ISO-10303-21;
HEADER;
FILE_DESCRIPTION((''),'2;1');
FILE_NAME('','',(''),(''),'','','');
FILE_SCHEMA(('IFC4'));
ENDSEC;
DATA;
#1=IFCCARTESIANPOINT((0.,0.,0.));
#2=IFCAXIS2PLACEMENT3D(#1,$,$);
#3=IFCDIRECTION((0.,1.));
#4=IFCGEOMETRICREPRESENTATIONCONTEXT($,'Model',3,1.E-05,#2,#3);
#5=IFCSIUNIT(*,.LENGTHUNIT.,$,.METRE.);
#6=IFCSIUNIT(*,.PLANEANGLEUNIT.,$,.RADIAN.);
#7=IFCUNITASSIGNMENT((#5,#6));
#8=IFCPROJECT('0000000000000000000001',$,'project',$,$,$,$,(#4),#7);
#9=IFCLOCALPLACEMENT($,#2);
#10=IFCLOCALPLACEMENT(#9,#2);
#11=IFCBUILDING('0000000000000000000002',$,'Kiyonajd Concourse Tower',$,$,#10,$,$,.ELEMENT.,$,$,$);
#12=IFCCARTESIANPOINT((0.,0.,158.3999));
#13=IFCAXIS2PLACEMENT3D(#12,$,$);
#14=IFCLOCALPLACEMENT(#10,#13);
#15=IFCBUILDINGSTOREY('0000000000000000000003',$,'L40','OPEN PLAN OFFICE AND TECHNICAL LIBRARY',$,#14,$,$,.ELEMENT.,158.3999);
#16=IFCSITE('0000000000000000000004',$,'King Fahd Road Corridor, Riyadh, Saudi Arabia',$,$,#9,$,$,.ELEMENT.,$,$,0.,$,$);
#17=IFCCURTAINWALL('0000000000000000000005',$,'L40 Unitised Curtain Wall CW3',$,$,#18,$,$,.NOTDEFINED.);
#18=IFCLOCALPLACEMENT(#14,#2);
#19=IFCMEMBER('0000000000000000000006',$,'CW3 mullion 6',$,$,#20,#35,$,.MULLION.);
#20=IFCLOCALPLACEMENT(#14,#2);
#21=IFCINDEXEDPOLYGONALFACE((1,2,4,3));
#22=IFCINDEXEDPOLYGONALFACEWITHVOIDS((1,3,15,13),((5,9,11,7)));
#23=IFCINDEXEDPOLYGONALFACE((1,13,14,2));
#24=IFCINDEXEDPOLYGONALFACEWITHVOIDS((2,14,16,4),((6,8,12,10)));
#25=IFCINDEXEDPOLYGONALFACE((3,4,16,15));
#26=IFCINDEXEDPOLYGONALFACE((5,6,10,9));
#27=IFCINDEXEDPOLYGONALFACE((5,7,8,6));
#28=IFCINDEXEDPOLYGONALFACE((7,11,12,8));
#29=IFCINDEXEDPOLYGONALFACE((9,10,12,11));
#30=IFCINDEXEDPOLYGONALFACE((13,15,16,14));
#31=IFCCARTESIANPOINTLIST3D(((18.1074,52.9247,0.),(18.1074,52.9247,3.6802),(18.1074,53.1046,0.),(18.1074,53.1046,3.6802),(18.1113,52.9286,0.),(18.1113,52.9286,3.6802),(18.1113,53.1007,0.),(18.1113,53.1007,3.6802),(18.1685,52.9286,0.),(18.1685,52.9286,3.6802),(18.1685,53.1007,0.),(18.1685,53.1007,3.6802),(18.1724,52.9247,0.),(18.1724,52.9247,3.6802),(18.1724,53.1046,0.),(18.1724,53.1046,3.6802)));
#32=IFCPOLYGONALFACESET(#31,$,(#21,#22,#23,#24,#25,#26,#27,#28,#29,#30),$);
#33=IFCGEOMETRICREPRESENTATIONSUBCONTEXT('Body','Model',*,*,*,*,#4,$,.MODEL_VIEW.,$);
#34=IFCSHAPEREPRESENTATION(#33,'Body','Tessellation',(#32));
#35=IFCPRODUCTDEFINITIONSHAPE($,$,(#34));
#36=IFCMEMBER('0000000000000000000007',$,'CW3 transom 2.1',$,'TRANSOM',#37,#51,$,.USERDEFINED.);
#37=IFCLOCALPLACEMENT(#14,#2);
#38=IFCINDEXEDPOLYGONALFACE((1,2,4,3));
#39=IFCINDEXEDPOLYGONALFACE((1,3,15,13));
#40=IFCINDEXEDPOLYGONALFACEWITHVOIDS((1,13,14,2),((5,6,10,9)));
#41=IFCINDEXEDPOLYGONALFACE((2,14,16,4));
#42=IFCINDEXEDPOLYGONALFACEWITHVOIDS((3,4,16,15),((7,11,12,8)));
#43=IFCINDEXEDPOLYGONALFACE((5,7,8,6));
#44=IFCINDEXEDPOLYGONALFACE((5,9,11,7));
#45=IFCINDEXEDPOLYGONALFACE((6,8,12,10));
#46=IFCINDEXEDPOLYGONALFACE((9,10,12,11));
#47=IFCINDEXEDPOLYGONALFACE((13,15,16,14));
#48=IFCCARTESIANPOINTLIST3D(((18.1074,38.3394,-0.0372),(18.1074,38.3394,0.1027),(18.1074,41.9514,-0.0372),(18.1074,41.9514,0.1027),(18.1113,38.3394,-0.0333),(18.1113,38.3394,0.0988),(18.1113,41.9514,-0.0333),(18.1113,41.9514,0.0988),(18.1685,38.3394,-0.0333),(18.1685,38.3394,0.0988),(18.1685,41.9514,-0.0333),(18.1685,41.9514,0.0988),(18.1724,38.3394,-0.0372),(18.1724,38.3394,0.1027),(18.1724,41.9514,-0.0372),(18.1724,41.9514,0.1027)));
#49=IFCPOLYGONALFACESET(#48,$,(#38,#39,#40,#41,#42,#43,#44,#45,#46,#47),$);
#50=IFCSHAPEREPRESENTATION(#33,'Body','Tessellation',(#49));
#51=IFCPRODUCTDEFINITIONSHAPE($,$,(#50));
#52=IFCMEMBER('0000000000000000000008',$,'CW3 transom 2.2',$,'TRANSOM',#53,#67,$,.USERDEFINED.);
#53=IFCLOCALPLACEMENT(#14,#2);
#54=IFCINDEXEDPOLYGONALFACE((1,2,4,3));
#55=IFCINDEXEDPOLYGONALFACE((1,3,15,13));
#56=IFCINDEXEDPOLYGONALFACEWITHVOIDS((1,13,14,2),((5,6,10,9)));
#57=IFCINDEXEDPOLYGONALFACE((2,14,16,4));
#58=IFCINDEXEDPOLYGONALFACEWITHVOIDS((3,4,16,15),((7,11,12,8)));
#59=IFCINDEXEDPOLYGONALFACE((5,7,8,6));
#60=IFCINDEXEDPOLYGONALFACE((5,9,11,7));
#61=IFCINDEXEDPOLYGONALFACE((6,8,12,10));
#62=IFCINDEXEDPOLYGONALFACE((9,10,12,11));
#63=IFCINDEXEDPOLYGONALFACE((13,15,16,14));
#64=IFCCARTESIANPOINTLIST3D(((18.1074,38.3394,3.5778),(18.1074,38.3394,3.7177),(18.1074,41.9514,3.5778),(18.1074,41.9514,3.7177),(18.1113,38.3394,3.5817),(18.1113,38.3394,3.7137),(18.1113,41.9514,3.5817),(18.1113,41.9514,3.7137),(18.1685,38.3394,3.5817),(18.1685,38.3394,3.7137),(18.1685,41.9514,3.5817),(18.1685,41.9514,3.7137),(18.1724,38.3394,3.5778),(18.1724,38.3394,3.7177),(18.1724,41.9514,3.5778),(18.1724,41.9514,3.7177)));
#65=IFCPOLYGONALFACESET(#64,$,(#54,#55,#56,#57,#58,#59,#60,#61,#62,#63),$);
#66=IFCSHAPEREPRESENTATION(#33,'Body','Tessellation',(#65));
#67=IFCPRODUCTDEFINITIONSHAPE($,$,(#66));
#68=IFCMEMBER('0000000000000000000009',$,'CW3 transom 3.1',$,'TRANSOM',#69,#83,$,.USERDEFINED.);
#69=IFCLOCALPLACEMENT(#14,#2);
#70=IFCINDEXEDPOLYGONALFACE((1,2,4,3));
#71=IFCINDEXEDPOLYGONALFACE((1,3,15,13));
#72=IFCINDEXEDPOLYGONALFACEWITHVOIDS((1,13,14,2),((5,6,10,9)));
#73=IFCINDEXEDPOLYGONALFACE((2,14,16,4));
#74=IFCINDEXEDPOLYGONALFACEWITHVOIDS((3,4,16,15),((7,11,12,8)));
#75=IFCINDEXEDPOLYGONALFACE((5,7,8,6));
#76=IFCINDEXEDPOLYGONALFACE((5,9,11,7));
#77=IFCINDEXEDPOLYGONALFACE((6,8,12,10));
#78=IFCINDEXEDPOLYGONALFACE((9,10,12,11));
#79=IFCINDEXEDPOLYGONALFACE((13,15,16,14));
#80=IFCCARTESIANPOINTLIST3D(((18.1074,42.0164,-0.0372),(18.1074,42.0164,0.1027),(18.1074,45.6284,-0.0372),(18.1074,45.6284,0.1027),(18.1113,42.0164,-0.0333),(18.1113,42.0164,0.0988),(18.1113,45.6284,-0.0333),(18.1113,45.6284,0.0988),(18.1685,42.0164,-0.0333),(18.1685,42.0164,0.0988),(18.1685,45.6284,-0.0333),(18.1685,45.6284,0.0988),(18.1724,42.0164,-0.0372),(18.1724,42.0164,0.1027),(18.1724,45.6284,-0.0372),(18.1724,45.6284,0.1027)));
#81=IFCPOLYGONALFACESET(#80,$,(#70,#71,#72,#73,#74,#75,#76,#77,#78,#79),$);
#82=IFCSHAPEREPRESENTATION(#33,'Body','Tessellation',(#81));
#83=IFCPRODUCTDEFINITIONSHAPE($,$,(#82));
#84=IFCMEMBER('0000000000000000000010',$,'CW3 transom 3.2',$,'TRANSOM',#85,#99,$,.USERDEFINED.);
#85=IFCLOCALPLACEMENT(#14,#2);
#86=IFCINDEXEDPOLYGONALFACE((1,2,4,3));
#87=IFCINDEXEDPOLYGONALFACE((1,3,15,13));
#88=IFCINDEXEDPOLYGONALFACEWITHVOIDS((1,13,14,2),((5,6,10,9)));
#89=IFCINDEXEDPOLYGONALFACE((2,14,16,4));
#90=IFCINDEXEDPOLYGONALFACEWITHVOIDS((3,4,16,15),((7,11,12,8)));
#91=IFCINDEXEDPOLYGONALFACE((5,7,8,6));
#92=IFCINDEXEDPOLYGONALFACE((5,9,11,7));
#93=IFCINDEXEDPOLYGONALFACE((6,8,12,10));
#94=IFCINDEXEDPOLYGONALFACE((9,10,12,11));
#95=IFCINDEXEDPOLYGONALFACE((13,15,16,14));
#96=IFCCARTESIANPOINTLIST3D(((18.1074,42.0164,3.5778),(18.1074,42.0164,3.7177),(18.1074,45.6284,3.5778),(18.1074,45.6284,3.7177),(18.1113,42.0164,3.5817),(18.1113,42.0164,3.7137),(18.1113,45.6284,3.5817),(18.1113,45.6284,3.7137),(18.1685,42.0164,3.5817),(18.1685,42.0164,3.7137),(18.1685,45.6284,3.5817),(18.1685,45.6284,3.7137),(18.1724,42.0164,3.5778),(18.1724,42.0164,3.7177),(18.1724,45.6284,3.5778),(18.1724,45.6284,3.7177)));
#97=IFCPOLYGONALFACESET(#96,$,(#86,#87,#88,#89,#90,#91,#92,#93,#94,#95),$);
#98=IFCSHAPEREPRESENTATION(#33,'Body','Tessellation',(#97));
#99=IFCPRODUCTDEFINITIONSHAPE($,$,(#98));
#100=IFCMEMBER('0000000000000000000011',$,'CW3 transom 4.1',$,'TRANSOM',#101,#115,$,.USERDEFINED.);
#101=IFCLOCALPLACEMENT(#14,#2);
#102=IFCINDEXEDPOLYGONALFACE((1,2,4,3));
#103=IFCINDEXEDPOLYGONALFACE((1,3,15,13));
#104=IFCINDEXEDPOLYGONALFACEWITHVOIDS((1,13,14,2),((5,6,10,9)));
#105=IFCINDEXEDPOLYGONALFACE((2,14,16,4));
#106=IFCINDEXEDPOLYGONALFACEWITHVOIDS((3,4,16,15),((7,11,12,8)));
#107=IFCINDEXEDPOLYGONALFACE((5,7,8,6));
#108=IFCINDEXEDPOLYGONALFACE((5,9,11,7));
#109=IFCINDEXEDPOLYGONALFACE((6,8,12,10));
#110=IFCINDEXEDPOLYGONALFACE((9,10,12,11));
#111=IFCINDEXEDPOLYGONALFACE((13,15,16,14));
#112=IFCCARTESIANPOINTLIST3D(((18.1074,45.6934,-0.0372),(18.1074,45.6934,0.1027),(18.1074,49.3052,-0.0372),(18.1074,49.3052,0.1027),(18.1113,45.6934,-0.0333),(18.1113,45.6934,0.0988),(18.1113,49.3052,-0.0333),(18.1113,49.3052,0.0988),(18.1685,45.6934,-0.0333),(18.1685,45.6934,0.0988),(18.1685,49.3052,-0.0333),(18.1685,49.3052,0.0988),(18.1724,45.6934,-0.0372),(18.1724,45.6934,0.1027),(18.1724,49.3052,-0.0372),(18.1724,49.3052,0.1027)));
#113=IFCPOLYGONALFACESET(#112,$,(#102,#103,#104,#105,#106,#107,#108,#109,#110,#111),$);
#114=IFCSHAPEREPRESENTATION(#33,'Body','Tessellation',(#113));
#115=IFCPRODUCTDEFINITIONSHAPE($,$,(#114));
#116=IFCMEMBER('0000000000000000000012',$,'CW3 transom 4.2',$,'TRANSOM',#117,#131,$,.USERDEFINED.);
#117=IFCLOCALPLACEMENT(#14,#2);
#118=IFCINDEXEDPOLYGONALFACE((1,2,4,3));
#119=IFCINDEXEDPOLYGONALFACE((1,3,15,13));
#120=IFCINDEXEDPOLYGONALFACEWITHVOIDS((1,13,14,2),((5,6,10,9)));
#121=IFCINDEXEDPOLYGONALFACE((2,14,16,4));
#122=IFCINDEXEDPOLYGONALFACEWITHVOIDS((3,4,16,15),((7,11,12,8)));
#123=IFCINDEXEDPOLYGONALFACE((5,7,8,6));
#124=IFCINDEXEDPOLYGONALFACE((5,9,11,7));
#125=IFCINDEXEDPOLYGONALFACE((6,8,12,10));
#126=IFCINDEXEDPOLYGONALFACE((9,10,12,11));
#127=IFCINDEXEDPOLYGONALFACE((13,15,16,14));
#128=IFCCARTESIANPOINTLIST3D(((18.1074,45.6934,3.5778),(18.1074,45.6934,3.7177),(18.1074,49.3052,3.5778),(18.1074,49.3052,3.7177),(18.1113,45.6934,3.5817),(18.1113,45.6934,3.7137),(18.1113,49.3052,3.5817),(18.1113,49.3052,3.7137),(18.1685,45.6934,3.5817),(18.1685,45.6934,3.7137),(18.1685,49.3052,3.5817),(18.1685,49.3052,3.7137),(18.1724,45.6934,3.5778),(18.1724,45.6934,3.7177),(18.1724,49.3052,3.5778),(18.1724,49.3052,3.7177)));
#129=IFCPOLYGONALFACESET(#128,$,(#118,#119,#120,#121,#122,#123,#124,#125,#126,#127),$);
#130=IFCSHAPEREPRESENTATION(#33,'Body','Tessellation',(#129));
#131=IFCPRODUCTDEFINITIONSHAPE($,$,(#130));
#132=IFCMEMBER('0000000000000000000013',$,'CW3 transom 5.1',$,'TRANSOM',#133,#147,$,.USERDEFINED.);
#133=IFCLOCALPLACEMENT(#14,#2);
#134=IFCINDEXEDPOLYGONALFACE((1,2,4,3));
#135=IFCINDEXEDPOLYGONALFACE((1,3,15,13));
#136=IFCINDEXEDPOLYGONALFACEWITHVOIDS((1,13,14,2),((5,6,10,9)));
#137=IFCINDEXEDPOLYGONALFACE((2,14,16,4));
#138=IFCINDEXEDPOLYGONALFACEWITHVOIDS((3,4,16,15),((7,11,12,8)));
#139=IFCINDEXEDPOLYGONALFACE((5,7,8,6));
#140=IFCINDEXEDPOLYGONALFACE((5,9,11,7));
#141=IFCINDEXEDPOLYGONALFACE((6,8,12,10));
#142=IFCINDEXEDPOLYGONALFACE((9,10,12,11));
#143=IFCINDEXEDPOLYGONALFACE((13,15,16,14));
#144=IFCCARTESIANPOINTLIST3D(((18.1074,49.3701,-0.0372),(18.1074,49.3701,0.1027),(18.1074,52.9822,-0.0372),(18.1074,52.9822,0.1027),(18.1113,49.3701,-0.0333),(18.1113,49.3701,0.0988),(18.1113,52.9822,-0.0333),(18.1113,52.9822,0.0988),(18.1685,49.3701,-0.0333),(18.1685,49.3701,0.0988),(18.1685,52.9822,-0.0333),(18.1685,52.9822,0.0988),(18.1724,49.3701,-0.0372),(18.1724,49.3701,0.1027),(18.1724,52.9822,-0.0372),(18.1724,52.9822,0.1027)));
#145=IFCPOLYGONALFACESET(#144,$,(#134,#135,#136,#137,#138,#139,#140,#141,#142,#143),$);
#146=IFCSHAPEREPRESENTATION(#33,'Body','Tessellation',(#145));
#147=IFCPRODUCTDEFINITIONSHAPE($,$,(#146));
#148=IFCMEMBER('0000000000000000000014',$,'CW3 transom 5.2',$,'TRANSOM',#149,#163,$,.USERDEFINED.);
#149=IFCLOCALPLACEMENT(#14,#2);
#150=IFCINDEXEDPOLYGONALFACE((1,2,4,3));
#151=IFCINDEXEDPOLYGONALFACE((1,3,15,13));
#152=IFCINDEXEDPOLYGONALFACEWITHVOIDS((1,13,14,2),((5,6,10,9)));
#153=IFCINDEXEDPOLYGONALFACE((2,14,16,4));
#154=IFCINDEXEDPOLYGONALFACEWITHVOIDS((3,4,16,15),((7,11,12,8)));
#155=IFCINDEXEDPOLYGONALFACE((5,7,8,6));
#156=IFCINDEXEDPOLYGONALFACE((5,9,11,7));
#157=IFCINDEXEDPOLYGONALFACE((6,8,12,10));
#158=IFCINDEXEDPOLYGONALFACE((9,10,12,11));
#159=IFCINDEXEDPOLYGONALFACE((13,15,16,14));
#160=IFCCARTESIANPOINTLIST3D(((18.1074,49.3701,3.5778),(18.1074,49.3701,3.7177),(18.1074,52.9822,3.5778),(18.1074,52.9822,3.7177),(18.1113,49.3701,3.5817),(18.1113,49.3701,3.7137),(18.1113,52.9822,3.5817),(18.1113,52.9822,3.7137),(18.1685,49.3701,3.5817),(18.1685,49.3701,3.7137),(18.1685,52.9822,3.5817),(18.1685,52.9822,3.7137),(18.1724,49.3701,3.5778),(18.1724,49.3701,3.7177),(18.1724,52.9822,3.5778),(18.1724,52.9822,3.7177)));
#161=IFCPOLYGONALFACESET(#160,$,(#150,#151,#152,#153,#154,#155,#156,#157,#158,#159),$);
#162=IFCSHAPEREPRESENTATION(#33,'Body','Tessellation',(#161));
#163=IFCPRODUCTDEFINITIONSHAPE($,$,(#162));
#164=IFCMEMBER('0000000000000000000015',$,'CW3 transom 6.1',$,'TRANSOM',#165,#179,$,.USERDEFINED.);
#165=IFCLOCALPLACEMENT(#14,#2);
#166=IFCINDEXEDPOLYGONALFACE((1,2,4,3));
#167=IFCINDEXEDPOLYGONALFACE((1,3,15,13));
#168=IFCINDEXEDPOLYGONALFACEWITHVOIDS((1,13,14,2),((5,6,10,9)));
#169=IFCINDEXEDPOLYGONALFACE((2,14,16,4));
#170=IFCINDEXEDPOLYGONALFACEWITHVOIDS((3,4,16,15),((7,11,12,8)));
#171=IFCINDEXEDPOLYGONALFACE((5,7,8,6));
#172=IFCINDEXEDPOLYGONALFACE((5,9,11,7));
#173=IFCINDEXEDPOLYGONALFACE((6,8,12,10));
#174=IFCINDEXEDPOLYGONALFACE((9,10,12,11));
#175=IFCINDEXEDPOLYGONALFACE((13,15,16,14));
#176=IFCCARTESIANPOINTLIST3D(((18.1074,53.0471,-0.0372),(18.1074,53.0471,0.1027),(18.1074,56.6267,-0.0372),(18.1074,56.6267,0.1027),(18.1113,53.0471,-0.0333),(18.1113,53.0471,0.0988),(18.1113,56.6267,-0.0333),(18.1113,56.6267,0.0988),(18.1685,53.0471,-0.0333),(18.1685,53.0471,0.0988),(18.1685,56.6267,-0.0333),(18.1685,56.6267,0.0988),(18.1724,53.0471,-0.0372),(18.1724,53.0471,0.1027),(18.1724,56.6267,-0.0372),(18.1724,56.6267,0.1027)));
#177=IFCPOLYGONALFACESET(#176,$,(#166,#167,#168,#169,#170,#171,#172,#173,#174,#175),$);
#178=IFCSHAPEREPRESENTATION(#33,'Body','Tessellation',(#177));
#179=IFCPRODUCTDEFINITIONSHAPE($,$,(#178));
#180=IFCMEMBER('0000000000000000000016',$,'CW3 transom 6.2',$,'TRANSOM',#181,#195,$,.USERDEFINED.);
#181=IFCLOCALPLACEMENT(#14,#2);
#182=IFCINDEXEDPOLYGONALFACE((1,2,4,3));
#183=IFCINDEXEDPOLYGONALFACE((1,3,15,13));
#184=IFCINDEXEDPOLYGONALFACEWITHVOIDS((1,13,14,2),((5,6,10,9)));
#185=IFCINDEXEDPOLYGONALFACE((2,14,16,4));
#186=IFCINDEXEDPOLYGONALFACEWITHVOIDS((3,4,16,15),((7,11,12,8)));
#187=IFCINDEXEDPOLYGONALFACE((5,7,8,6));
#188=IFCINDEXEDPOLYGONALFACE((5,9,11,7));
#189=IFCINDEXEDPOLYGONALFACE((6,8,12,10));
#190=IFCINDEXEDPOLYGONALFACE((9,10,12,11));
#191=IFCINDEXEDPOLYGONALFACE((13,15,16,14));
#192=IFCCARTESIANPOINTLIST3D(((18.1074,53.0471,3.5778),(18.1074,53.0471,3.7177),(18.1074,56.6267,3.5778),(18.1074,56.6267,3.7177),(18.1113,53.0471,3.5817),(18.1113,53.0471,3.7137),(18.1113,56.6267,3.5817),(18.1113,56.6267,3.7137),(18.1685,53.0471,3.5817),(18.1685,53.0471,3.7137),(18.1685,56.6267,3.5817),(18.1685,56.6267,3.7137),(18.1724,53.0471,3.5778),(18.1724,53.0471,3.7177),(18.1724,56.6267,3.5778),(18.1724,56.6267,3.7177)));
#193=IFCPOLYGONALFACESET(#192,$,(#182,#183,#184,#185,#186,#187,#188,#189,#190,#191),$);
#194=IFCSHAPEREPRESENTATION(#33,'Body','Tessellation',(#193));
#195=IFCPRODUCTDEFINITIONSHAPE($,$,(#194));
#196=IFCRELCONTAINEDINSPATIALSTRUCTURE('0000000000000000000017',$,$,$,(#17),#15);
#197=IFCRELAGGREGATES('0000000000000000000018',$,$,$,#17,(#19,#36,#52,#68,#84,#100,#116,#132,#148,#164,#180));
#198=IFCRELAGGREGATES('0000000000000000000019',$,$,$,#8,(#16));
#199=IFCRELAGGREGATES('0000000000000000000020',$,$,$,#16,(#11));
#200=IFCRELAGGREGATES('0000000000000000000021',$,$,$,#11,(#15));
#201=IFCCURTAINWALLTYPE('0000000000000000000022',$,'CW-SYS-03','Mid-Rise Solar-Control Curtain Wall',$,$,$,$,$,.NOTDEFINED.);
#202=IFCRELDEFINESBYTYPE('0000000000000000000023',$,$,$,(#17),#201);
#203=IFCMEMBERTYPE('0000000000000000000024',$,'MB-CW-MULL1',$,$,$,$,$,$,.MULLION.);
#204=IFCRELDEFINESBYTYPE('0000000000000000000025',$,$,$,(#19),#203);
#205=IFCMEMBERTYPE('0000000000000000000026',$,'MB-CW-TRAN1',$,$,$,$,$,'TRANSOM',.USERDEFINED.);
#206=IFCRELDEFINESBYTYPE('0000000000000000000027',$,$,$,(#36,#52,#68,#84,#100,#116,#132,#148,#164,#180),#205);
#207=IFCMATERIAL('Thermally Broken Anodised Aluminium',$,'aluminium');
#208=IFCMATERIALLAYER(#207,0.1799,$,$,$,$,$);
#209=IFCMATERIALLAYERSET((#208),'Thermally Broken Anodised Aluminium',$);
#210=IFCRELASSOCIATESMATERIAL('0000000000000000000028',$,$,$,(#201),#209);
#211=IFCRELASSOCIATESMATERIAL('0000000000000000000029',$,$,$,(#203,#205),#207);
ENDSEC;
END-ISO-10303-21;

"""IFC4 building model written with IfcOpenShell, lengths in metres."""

from ifc_helpers import new_model, si_unit, direction, frame, origin, origin_2d, place, context, subcontext, project, spatial, hollow_rectangle, extrude, material, layer, layer_set, material_profile, profile_set, type_object, element, aggregate, save


model = new_model("IFC4")

# Units and contexts
model_context = context("Model", 3, precision=1e-05, world=origin(), true_north=direction((0.0, 1.0)))
body_context = subcontext(model_context, "Body", "Model", "MODEL_VIEW")
ifc_project = project(units=[si_unit("LENGTHUNIT", "METRE"), si_unit("PLANEANGLEUNIT", "RADIAN")], contexts=[model_context])

# Site, building, storey
site_placement = place(None, origin())
site = spatial("IfcSite", under=ifc_project, at=site_placement, Name="King Fahd Road Corridor, Riyadh, Saudi Arabia", CompositionType="ELEMENT", RefElevation=0.0)
building_placement = place(site_placement, origin())
building = spatial("IfcBuilding", under=site, at=building_placement, Name="Kiyonajd Concourse Tower", CompositionType="ELEMENT")
storey_placement = place(building_placement, frame((0.0, 0.0, 158.3999)))
storey = spatial("IfcBuildingStorey", under=building, at=storey_placement, Name="L40", Description="OPEN PLAN OFFICE AND TECHNICAL LIBRARY", CompositionType="ELEMENT", Elevation=158.3999)

# Curtain wall, members
ifc_material_1 = material(Name="Thermally Broken Anodised Aluminium", Category="aluminium")
ifc_layer_1 = layer(ifc_material_1, 0.1799)
ifc_layer_set_1 = layer_set([ifc_layer_1], Name="Thermally Broken Anodised Aluminium")
curtain_wall_type = type_object("IfcCurtainWallType", Name="CW-SYS-03", Description="Mid-Rise Solar-Control Curtain Wall", PredefinedType="NOTDEFINED", material=ifc_layer_set_1)
curtain_wall_placement = place(storey_placement, origin())
curtain_wall = element("IfcCurtainWall", 1, at=curtain_wall_placement, inside=storey, type_object=curtain_wall_type, Name="L40 Unitised Curtain Wall CW3", PredefinedType="NOTDEFINED")
ifc_material_profile_1 = material_profile(ifc_material_1, hollow_rectangle(XDim=0.0649, YDim=0.1799, WallThickness=0.0039, at=origin_2d()), Name="MULL-65x180")
ifc_profile_set_1 = profile_set([ifc_material_profile_1], Name="Thermally Broken Anodised Aluminium")
member_type_1 = type_object("IfcMemberType", Name="MB-CW-MULL1", PredefinedType="MULLION", material=ifc_profile_set_1)
member_1_placement = place(storey_placement, frame((18.1399, 53.0146, 0.0), z_axis=(0.0, 0.0, 1.0), x_axis=(-1.0, 0.0, 0.0)))
member_1 = element("IfcMember", 2, at=member_1_placement, type_object=member_type_1, Name="CW3 mullion 6", PredefinedType="MULLION", context=body_context, shape_type="SweptSolid", body=[
    extrude(hollow_rectangle(XDim=0.0649, YDim=0.1799, WallThickness=0.0039, at=origin_2d()), origin(), (0.0, 0.0, 1.0), 3.6802),
])
ifc_material_profile_2 = material_profile(ifc_material_1, hollow_rectangle(XDim=0.0649, YDim=0.1399, WallThickness=0.0039, at=origin_2d()), Name="TRAN-65x140")
ifc_profile_set_2 = profile_set([ifc_material_profile_2], Name="Thermally Broken Anodised Aluminium")
member_type_2 = type_object("IfcMemberType", Name="MB-CW-TRAN1", ElementType="TRANSOM", PredefinedType="USERDEFINED", material=ifc_profile_set_2)
member_2_placement = place(storey_placement, frame((18.1399, 38.3394, 0.0327), z_axis=(0.0, 1.0, 0.0), x_axis=(-1.0, 0.0, 0.0)))
member_2 = element("IfcMember", 3, at=member_2_placement, type_object=member_type_2, Name="CW3 transom 2.1", ObjectType="TRANSOM", PredefinedType="USERDEFINED", context=body_context, shape_type="SweptSolid", body=[
    extrude(hollow_rectangle(XDim=0.0649, YDim=0.1399, WallThickness=0.0039, at=origin_2d()), origin(), (0.0, 0.0, 1.0), 3.6121),
])
member_3_placement = place(storey_placement, frame((18.1399, 38.3394, 3.6477), z_axis=(0.0, 1.0, 0.0), x_axis=(-1.0, 0.0, 0.0)))
member_3 = element("IfcMember", 4, at=member_3_placement, type_object=member_type_2, Name="CW3 transom 2.2", ObjectType="TRANSOM", PredefinedType="USERDEFINED", context=body_context, shape_type="SweptSolid", body=[
    extrude(hollow_rectangle(XDim=0.0649, YDim=0.1399, WallThickness=0.0039, at=origin_2d()), origin(), (0.0, 0.0, 1.0), 3.6121),
])
member_4_placement = place(storey_placement, frame((18.1399, 42.0164, 0.0327), z_axis=(0.0, 1.0, 0.0), x_axis=(-1.0, 0.0, 0.0)))
member_4 = element("IfcMember", 5, at=member_4_placement, type_object=member_type_2, Name="CW3 transom 3.1", ObjectType="TRANSOM", PredefinedType="USERDEFINED", context=body_context, shape_type="SweptSolid", body=[
    extrude(hollow_rectangle(XDim=0.0649, YDim=0.1399, WallThickness=0.0039, at=origin_2d()), origin(), (0.0, 0.0, 1.0), 3.6121),
])
member_5_placement = place(storey_placement, frame((18.1399, 42.0164, 3.6477), z_axis=(0.0, 1.0, 0.0), x_axis=(-1.0, 0.0, 0.0)))
member_5 = element("IfcMember", 6, at=member_5_placement, type_object=member_type_2, Name="CW3 transom 3.2", ObjectType="TRANSOM", PredefinedType="USERDEFINED", context=body_context, shape_type="SweptSolid", body=[
    extrude(hollow_rectangle(XDim=0.0649, YDim=0.1399, WallThickness=0.0039, at=origin_2d()), origin(), (0.0, 0.0, 1.0), 3.6121),
])
member_6_placement = place(storey_placement, frame((18.1399, 45.6934, 0.0327), z_axis=(0.0, 1.0, 0.0), x_axis=(-1.0, 0.0, 0.0)))
member_6 = element("IfcMember", 7, at=member_6_placement, type_object=member_type_2, Name="CW3 transom 4.1", ObjectType="TRANSOM", PredefinedType="USERDEFINED", context=body_context, shape_type="SweptSolid", body=[
    extrude(hollow_rectangle(XDim=0.0649, YDim=0.1399, WallThickness=0.0039, at=origin_2d()), origin(), (0.0, 0.0, 1.0), 3.6118),
])
member_7_placement = place(storey_placement, frame((18.1399, 45.6934, 3.6477), z_axis=(0.0, 1.0, 0.0), x_axis=(-1.0, 0.0, 0.0)))
member_7 = element("IfcMember", 8, at=member_7_placement, type_object=member_type_2, Name="CW3 transom 4.2", ObjectType="TRANSOM", PredefinedType="USERDEFINED", context=body_context, shape_type="SweptSolid", body=[
    extrude(hollow_rectangle(XDim=0.0649, YDim=0.1399, WallThickness=0.0039, at=origin_2d()), origin(), (0.0, 0.0, 1.0), 3.6118),
])
member_8_placement = place(storey_placement, frame((18.1399, 49.3701, 0.0327), z_axis=(0.0, 1.0, 0.0), x_axis=(-1.0, 0.0, 0.0)))
member_8 = element("IfcMember", 9, at=member_8_placement, type_object=member_type_2, Name="CW3 transom 5.1", ObjectType="TRANSOM", PredefinedType="USERDEFINED", context=body_context, shape_type="SweptSolid", body=[
    extrude(hollow_rectangle(XDim=0.0649, YDim=0.1399, WallThickness=0.0039, at=origin_2d()), origin(), (0.0, 0.0, 1.0), 3.6121),
])
member_9_placement = place(storey_placement, frame((18.1399, 49.3701, 3.6477), z_axis=(0.0, 1.0, 0.0), x_axis=(-1.0, 0.0, 0.0)))
member_9 = element("IfcMember", 10, at=member_9_placement, type_object=member_type_2, Name="CW3 transom 5.2", ObjectType="TRANSOM", PredefinedType="USERDEFINED", context=body_context, shape_type="SweptSolid", body=[
    extrude(hollow_rectangle(XDim=0.0649, YDim=0.1399, WallThickness=0.0039, at=origin_2d()), origin(), (0.0, 0.0, 1.0), 3.6121),
])
member_10_placement = place(storey_placement, frame((18.1399, 53.0471, 0.0327), z_axis=(0.0, 1.0, 0.0), x_axis=(-1.0, 0.0, 0.0)))
member_10 = element("IfcMember", 11, at=member_10_placement, type_object=member_type_2, Name="CW3 transom 6.1", ObjectType="TRANSOM", PredefinedType="USERDEFINED", context=body_context, shape_type="SweptSolid", body=[
    extrude(hollow_rectangle(XDim=0.0649, YDim=0.1399, WallThickness=0.0039, at=origin_2d()), origin(), (0.0, 0.0, 1.0), 3.5796),
])
member_11_placement = place(storey_placement, frame((18.1399, 53.0471, 3.6477), z_axis=(0.0, 1.0, 0.0), x_axis=(-1.0, 0.0, 0.0)))
member_11 = element("IfcMember", 12, at=member_11_placement, type_object=member_type_2, Name="CW3 transom 6.2", ObjectType="TRANSOM", PredefinedType="USERDEFINED", context=body_context, shape_type="SweptSolid", body=[
    extrude(hollow_rectangle(XDim=0.0649, YDim=0.1399, WallThickness=0.0039, at=origin_2d()), origin(), (0.0, 0.0, 1.0), 3.5796),
])
aggregate(curtain_wall, [member_1, member_2, member_3, member_4, member_5, member_6, member_7, member_8, member_9, member_10, member_11])

save(model, "model.ifc")
